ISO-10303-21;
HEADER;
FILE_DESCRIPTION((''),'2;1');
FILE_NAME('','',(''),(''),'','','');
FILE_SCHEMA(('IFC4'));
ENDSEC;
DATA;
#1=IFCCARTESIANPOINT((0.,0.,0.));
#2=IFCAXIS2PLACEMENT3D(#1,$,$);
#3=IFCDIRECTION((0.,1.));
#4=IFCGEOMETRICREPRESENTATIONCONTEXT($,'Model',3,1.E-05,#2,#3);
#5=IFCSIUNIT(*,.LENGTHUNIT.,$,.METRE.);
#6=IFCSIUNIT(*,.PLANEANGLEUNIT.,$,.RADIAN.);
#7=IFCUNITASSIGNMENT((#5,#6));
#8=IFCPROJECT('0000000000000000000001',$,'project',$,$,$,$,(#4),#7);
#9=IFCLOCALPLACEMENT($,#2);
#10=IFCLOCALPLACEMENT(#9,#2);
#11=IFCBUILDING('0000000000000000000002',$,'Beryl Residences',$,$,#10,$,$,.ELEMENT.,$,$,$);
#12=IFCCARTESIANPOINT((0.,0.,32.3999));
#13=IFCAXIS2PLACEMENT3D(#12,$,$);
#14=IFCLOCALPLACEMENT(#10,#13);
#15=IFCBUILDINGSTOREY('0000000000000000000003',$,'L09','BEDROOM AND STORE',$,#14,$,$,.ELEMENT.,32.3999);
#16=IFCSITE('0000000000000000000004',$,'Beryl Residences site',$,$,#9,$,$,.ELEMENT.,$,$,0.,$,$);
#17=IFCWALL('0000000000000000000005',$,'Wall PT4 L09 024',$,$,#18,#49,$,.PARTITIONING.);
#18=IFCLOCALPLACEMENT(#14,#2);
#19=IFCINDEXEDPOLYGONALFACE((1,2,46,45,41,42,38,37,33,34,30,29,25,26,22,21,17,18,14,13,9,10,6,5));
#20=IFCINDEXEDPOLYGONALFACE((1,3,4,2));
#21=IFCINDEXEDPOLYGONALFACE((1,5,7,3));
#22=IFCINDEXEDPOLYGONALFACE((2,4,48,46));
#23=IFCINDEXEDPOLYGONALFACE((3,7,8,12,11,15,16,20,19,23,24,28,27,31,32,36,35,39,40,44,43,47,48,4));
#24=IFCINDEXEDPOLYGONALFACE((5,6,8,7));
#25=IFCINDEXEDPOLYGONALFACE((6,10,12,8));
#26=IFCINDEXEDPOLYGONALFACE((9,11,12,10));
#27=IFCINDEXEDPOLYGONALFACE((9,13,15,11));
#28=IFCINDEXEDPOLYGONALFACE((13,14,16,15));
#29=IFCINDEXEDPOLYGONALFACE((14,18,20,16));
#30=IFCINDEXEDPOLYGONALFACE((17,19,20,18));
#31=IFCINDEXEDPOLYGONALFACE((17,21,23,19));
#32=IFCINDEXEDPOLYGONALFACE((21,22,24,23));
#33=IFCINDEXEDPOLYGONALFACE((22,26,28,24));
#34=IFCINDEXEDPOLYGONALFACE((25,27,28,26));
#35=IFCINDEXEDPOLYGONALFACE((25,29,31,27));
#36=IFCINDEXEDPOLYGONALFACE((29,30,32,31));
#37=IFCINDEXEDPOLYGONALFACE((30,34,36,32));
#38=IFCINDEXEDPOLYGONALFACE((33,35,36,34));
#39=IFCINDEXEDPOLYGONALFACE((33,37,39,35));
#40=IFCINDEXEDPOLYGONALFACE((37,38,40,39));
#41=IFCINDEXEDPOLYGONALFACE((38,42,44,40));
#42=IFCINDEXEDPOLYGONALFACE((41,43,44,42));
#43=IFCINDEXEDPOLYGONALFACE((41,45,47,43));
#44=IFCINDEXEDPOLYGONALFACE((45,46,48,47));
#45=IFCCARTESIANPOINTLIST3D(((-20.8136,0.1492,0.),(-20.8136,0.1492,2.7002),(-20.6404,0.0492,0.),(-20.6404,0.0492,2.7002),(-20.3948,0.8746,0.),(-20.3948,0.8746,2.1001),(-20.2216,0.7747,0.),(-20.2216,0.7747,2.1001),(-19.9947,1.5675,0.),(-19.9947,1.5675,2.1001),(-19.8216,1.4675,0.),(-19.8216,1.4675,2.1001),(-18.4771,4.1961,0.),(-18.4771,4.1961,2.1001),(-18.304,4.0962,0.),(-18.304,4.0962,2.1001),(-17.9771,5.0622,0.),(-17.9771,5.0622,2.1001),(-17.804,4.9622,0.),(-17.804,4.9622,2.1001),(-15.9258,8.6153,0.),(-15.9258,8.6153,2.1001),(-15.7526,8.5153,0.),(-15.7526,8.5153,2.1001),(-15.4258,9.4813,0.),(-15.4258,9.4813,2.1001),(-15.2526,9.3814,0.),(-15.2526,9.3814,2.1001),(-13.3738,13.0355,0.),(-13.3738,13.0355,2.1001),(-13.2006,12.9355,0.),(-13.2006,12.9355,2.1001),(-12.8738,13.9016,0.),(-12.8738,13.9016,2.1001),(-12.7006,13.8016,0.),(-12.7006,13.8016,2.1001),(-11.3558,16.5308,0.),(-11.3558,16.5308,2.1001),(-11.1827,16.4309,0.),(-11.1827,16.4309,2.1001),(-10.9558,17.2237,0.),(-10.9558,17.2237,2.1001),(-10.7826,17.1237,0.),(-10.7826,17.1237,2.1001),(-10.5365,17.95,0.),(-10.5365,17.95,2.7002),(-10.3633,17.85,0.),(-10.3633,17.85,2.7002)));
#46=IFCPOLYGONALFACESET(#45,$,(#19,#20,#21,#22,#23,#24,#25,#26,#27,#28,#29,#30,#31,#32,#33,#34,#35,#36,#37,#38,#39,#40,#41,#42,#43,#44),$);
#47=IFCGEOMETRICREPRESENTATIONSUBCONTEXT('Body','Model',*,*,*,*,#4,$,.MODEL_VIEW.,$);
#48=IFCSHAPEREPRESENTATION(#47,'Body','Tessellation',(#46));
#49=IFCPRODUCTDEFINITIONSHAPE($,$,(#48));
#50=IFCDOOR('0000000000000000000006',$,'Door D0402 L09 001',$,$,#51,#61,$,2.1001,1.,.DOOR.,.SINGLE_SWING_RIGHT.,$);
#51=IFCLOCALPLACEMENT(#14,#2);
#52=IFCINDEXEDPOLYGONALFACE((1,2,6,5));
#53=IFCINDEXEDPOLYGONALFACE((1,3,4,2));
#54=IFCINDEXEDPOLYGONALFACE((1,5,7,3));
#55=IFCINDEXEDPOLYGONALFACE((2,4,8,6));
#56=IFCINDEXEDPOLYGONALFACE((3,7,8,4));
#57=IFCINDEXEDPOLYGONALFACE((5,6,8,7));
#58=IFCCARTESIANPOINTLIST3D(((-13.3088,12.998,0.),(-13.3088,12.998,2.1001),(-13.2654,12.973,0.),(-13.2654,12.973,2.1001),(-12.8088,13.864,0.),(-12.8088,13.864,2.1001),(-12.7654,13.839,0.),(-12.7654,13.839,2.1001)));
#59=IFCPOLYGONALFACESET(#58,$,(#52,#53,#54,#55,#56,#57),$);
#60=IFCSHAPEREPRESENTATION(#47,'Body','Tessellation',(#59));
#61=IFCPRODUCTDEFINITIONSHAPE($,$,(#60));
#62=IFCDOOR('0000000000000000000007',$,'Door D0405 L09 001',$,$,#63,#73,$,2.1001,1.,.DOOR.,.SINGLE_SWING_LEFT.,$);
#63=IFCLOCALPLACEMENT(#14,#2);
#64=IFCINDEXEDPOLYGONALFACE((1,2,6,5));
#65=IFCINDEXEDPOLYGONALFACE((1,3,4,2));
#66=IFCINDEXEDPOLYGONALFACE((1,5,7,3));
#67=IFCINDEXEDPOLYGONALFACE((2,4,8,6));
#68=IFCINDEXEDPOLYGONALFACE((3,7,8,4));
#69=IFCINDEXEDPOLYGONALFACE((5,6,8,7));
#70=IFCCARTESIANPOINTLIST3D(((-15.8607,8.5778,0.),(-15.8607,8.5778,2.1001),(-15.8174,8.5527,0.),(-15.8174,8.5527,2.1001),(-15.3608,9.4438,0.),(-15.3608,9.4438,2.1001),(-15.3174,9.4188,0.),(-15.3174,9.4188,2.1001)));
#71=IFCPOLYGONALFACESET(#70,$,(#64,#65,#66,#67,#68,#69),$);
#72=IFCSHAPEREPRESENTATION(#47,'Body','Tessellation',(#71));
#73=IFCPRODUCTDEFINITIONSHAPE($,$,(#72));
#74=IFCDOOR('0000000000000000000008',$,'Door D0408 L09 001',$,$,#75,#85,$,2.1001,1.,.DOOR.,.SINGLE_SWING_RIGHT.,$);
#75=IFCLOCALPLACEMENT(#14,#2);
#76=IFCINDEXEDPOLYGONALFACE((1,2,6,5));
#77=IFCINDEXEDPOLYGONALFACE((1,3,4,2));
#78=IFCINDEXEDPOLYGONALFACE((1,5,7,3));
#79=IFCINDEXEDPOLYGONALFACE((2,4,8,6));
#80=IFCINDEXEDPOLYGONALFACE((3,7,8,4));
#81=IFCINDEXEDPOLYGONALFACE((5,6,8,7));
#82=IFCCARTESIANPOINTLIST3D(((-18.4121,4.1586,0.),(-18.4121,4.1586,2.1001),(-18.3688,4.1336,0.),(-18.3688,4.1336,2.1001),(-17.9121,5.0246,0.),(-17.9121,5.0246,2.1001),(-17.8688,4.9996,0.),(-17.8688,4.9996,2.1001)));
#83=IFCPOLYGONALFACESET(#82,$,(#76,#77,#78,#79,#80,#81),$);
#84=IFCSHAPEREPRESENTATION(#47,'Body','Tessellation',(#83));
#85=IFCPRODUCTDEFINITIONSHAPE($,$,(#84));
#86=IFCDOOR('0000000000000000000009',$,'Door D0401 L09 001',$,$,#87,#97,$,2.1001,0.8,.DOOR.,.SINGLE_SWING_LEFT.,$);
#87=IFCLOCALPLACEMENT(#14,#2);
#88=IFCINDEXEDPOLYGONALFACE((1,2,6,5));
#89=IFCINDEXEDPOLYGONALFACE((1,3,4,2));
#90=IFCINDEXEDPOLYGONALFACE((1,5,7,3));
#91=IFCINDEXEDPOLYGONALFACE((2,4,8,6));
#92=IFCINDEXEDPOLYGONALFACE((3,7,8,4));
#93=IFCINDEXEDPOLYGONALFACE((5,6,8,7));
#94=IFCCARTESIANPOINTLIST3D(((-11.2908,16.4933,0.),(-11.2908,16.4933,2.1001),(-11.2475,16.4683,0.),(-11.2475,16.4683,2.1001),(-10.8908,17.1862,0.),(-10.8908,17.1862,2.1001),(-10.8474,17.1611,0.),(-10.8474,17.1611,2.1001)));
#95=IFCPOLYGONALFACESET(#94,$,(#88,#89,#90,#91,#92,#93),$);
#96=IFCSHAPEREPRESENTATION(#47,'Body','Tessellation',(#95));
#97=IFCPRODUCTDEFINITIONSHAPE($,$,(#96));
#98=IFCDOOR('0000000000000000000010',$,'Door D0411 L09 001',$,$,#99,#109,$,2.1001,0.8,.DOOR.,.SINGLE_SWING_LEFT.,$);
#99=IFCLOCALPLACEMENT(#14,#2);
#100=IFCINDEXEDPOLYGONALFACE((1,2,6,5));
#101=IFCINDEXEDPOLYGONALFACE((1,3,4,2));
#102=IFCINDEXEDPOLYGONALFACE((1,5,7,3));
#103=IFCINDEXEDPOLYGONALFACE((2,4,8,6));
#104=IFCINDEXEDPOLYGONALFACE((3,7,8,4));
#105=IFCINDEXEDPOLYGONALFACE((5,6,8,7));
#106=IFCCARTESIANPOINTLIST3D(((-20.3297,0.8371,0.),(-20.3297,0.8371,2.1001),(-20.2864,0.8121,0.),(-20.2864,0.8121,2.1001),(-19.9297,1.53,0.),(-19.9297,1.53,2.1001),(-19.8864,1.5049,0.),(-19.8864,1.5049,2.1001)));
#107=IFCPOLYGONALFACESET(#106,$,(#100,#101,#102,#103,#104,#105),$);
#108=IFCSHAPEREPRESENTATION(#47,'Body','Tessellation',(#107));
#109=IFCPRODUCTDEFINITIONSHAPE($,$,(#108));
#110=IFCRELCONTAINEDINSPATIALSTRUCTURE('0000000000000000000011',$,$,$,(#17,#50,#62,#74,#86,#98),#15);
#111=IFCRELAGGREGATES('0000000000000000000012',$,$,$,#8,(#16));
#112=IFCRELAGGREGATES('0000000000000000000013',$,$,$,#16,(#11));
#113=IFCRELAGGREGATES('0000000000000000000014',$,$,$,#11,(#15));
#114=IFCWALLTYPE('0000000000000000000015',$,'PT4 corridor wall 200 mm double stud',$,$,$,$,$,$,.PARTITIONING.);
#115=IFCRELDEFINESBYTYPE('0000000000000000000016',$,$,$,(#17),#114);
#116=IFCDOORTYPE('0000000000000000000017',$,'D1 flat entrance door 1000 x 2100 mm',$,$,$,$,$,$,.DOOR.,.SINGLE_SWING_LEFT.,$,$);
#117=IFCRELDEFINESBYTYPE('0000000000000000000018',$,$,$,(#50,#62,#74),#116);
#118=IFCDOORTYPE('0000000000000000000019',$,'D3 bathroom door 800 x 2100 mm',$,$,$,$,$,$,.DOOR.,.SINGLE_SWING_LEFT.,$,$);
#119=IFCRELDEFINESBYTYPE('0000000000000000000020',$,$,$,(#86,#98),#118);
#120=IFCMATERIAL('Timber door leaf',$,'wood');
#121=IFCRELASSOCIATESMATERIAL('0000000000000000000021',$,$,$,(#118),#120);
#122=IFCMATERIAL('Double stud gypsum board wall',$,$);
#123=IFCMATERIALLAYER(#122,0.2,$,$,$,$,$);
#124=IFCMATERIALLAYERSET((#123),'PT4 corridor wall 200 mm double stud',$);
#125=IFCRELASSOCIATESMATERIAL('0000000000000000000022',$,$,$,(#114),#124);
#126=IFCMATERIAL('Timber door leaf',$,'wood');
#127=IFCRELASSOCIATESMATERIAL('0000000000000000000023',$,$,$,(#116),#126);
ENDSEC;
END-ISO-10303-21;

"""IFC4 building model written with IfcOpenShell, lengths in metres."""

from ifc_helpers import new_model, si_unit, direction, frame, frame_2d, origin, place, context, subcontext, project, spatial, rectangle, extrude, material, layer, layer_set, type_object, element, fill, save


model = new_model("IFC4")

# Units and contexts
model_context = context("Model", 3, precision=1e-05, world=origin(), true_north=direction((0.0, 1.0)))
body_context = subcontext(model_context, "Body", "Model", "MODEL_VIEW")
ifc_project = project(units=[si_unit("LENGTHUNIT", "METRE"), si_unit("PLANEANGLEUNIT", "RADIAN")], contexts=[model_context])

# Site, building, storey
site_placement = place(None, origin())
site = spatial("IfcSite", under=ifc_project, at=site_placement, Name="Beryl Residences site", CompositionType="ELEMENT", RefElevation=0.0)
building_placement = place(site_placement, origin())
building = spatial("IfcBuilding", under=site, at=building_placement, Name="Beryl Residences", CompositionType="ELEMENT")
storey_placement = place(building_placement, frame((0.0, 0.0, 32.3999)))
storey = spatial("IfcBuildingStorey", under=building, at=storey_placement, Name="L09", Description="BEDROOM AND STORE", CompositionType="ELEMENT", Elevation=32.3999)

# Shared definitions
ifc_material_1 = material(Name="Timber door leaf", Category="wood")
door_type_1 = type_object("IfcDoorType", Name="D3 bathroom door 800 x 2100 mm", OperationType="SINGLE_SWING_LEFT", PredefinedType="DOOR", material=ifc_material_1)

# Shared definitions
ifc_material_2 = material(Name="Double stud gypsum board wall")
ifc_layer_1 = layer(ifc_material_2, 0.2)
ifc_layer_set_1 = layer_set([ifc_layer_1], Name="PT4 corridor wall 200 mm double stud")
wall_type_1 = type_object("IfcWallType", Name="PT4 corridor wall 200 mm double stud", PredefinedType="PARTITIONING", material=ifc_layer_set_1)

# Shared definitions
ifc_material_3 = material(Name="Timber door leaf", Category="wood")
door_type_2 = type_object("IfcDoorType", Name="D1 flat entrance door 1000 x 2100 mm", OperationType="SINGLE_SWING_LEFT", PredefinedType="DOOR", material=ifc_material_3)

# Wall, openings, doors
wall_1_placement = place(storey_placement, frame((-20.7271, 0.0991, 0.0), z_axis=(0.0, 0.0, 1.0), x_axis=(0.499993, 0.866029, 0.0)))
wall_1 = element("IfcWall", 1, at=wall_1_placement, inside=storey, type_object=wall_type_1, Name="Wall PT4 L09 024", PredefinedType="PARTITIONING", context=body_context, shape_type="SweptSolid", body=[
    extrude(rectangle(XDim=20.5544, YDim=0.2, at=frame_2d((10.2773, 0.0))), origin(), (0.0, 0.0, 1.0), 2.7002),
])
opening_1_placement = place(wall_1_placement, frame((18.916, 0.0, 0.0)))
opening_1 = element("IfcOpeningElement", 2, at=opening_1_placement, cuts=wall_1, PredefinedType="OPENING", context=body_context, shape_type="SweptSolid", body=[
    extrude(rectangle(XDim=0.8, YDim=2.1001, at=frame_2d((0.3999, 1.05))), frame((0.0, 0.1099, 0.0), z_axis=(0.0, -1.0, 0.0), x_axis=(1.0, 0.0, 0.0)), (0.0, 0.0, 1.0), 0.22),
])
opening_2_placement = place(wall_1_placement, frame((14.8799, 0.0, 0.0)))
opening_2 = element("IfcOpeningElement", 3, at=opening_2_placement, cuts=wall_1, PredefinedType="OPENING", context=body_context, shape_type="SweptSolid", body=[
    extrude(rectangle(XDim=1.0, YDim=2.1001, at=frame_2d((0.5, 1.05))), frame((0.0, 0.1099, 0.0), z_axis=(0.0, -1.0, 0.0), x_axis=(1.0, 0.0, 0.0)), (0.0, 0.0, 1.0), 0.22),
])
opening_3_placement = place(wall_1_placement, frame((9.7759, 0.0, 0.0)))
opening_3 = element("IfcOpeningElement", 4, at=opening_3_placement, cuts=wall_1, PredefinedType="OPENING", context=body_context, shape_type="SweptSolid", body=[
    extrude(rectangle(XDim=1.0, YDim=2.1001, at=frame_2d((0.5, 1.05))), frame((0.0, 0.1099, 0.0), z_axis=(0.0, -1.0, 0.0), x_axis=(1.0, 0.0, 0.0)), (0.0, 0.0, 1.0), 0.22),
])
opening_4_placement = place(wall_1_placement, frame((4.6731, 0.0, 0.0)))
opening_4 = element("IfcOpeningElement", 5, at=opening_4_placement, cuts=wall_1, PredefinedType="OPENING", context=body_context, shape_type="SweptSolid", body=[
    extrude(rectangle(XDim=1.0, YDim=2.1001, at=frame_2d((0.5, 1.05))), frame((0.0, 0.1099, 0.0), z_axis=(0.0, -1.0, 0.0), x_axis=(1.0, 0.0, 0.0)), (0.0, 0.0, 1.0), 0.22),
])
opening_5_placement = place(wall_1_placement, frame((0.8379, 0.0, 0.0)))
opening_5 = element("IfcOpeningElement", 6, at=opening_5_placement, cuts=wall_1, PredefinedType="OPENING", context=body_context, shape_type="SweptSolid", body=[
    extrude(rectangle(XDim=0.8, YDim=2.1001, at=frame_2d((0.3999, 1.05))), frame((0.0, 0.1099, 0.0), z_axis=(0.0, -1.0, 0.0), x_axis=(1.0, 0.0, 0.0)), (0.0, 0.0, 1.0), 0.22),
])
door_1_placement = place(opening_2_placement, origin())
door_1 = element("IfcDoor", 7, at=door_1_placement, inside=storey, type_object=door_type_2, Name="Door D0402 L09 001", OperationType="SINGLE_SWING_RIGHT", OverallHeight=2.1001, OverallWidth=1.0, PredefinedType="DOOR", context=body_context, shape_type="SweptSolid", body=[
    extrude(rectangle(XDim=1.0, YDim=2.1001, at=frame_2d((0.5, 1.05))), frame((0.0, 0.0249, 0.0), z_axis=(0.0, -1.0, 0.0), x_axis=(1.0, 0.0, 0.0)), (0.0, 0.0, 1.0), 0.05),
])
fill(opening_2, door_1)
door_2_placement = place(opening_3_placement, origin())
door_2 = element("IfcDoor", 8, at=door_2_placement, inside=storey, type_object=door_type_2, Name="Door D0405 L09 001", OperationType="SINGLE_SWING_LEFT", OverallHeight=2.1001, OverallWidth=1.0, PredefinedType="DOOR", context=body_context, shape_type="SweptSolid", body=[
    extrude(rectangle(XDim=1.0, YDim=2.1001, at=frame_2d((0.5, 1.05))), frame((0.0, 0.0249, 0.0), z_axis=(0.0, -1.0, 0.0), x_axis=(1.0, 0.0, 0.0)), (0.0, 0.0, 1.0), 0.05),
])
fill(opening_3, door_2)
door_3_placement = place(opening_4_placement, origin())
door_3 = element("IfcDoor", 9, at=door_3_placement, inside=storey, type_object=door_type_2, Name="Door D0408 L09 001", OperationType="SINGLE_SWING_RIGHT", OverallHeight=2.1001, OverallWidth=1.0, PredefinedType="DOOR", context=body_context, shape_type="SweptSolid", body=[
    extrude(rectangle(XDim=1.0, YDim=2.1001, at=frame_2d((0.5, 1.05))), frame((0.0, 0.0249, 0.0), z_axis=(0.0, -1.0, 0.0), x_axis=(1.0, 0.0, 0.0)), (0.0, 0.0, 1.0), 0.05),
])
fill(opening_4, door_3)
door_4_placement = place(opening_1_placement, origin())
door_4 = element("IfcDoor", 10, at=door_4_placement, inside=storey, type_object=door_type_1, Name="Door D0401 L09 001", OperationType="SINGLE_SWING_LEFT", OverallHeight=2.1001, OverallWidth=0.8, PredefinedType="DOOR", context=body_context, shape_type="SweptSolid", body=[
    extrude(rectangle(XDim=0.8, YDim=2.1001, at=frame_2d((0.3999, 1.05))), frame((0.0, 0.0249, 0.0), z_axis=(0.0, -1.0, 0.0), x_axis=(1.0, 0.0, 0.0)), (0.0, 0.0, 1.0), 0.05),
])
fill(opening_1, door_4)
door_5_placement = place(opening_5_placement, origin())
door_5 = element("IfcDoor", 11, at=door_5_placement, inside=storey, type_object=door_type_1, Name="Door D0411 L09 001", OperationType="SINGLE_SWING_LEFT", OverallHeight=2.1001, OverallWidth=0.8, PredefinedType="DOOR", context=body_context, shape_type="SweptSolid", body=[
    extrude(rectangle(XDim=0.8, YDim=2.1001, at=frame_2d((0.3999, 1.05))), frame((0.0, 0.0249, 0.0), z_axis=(0.0, -1.0, 0.0), x_axis=(1.0, 0.0, 0.0)), (0.0, 0.0, 1.0), 0.05),
])
fill(opening_5, door_5)

save(model, "model.ifc")
